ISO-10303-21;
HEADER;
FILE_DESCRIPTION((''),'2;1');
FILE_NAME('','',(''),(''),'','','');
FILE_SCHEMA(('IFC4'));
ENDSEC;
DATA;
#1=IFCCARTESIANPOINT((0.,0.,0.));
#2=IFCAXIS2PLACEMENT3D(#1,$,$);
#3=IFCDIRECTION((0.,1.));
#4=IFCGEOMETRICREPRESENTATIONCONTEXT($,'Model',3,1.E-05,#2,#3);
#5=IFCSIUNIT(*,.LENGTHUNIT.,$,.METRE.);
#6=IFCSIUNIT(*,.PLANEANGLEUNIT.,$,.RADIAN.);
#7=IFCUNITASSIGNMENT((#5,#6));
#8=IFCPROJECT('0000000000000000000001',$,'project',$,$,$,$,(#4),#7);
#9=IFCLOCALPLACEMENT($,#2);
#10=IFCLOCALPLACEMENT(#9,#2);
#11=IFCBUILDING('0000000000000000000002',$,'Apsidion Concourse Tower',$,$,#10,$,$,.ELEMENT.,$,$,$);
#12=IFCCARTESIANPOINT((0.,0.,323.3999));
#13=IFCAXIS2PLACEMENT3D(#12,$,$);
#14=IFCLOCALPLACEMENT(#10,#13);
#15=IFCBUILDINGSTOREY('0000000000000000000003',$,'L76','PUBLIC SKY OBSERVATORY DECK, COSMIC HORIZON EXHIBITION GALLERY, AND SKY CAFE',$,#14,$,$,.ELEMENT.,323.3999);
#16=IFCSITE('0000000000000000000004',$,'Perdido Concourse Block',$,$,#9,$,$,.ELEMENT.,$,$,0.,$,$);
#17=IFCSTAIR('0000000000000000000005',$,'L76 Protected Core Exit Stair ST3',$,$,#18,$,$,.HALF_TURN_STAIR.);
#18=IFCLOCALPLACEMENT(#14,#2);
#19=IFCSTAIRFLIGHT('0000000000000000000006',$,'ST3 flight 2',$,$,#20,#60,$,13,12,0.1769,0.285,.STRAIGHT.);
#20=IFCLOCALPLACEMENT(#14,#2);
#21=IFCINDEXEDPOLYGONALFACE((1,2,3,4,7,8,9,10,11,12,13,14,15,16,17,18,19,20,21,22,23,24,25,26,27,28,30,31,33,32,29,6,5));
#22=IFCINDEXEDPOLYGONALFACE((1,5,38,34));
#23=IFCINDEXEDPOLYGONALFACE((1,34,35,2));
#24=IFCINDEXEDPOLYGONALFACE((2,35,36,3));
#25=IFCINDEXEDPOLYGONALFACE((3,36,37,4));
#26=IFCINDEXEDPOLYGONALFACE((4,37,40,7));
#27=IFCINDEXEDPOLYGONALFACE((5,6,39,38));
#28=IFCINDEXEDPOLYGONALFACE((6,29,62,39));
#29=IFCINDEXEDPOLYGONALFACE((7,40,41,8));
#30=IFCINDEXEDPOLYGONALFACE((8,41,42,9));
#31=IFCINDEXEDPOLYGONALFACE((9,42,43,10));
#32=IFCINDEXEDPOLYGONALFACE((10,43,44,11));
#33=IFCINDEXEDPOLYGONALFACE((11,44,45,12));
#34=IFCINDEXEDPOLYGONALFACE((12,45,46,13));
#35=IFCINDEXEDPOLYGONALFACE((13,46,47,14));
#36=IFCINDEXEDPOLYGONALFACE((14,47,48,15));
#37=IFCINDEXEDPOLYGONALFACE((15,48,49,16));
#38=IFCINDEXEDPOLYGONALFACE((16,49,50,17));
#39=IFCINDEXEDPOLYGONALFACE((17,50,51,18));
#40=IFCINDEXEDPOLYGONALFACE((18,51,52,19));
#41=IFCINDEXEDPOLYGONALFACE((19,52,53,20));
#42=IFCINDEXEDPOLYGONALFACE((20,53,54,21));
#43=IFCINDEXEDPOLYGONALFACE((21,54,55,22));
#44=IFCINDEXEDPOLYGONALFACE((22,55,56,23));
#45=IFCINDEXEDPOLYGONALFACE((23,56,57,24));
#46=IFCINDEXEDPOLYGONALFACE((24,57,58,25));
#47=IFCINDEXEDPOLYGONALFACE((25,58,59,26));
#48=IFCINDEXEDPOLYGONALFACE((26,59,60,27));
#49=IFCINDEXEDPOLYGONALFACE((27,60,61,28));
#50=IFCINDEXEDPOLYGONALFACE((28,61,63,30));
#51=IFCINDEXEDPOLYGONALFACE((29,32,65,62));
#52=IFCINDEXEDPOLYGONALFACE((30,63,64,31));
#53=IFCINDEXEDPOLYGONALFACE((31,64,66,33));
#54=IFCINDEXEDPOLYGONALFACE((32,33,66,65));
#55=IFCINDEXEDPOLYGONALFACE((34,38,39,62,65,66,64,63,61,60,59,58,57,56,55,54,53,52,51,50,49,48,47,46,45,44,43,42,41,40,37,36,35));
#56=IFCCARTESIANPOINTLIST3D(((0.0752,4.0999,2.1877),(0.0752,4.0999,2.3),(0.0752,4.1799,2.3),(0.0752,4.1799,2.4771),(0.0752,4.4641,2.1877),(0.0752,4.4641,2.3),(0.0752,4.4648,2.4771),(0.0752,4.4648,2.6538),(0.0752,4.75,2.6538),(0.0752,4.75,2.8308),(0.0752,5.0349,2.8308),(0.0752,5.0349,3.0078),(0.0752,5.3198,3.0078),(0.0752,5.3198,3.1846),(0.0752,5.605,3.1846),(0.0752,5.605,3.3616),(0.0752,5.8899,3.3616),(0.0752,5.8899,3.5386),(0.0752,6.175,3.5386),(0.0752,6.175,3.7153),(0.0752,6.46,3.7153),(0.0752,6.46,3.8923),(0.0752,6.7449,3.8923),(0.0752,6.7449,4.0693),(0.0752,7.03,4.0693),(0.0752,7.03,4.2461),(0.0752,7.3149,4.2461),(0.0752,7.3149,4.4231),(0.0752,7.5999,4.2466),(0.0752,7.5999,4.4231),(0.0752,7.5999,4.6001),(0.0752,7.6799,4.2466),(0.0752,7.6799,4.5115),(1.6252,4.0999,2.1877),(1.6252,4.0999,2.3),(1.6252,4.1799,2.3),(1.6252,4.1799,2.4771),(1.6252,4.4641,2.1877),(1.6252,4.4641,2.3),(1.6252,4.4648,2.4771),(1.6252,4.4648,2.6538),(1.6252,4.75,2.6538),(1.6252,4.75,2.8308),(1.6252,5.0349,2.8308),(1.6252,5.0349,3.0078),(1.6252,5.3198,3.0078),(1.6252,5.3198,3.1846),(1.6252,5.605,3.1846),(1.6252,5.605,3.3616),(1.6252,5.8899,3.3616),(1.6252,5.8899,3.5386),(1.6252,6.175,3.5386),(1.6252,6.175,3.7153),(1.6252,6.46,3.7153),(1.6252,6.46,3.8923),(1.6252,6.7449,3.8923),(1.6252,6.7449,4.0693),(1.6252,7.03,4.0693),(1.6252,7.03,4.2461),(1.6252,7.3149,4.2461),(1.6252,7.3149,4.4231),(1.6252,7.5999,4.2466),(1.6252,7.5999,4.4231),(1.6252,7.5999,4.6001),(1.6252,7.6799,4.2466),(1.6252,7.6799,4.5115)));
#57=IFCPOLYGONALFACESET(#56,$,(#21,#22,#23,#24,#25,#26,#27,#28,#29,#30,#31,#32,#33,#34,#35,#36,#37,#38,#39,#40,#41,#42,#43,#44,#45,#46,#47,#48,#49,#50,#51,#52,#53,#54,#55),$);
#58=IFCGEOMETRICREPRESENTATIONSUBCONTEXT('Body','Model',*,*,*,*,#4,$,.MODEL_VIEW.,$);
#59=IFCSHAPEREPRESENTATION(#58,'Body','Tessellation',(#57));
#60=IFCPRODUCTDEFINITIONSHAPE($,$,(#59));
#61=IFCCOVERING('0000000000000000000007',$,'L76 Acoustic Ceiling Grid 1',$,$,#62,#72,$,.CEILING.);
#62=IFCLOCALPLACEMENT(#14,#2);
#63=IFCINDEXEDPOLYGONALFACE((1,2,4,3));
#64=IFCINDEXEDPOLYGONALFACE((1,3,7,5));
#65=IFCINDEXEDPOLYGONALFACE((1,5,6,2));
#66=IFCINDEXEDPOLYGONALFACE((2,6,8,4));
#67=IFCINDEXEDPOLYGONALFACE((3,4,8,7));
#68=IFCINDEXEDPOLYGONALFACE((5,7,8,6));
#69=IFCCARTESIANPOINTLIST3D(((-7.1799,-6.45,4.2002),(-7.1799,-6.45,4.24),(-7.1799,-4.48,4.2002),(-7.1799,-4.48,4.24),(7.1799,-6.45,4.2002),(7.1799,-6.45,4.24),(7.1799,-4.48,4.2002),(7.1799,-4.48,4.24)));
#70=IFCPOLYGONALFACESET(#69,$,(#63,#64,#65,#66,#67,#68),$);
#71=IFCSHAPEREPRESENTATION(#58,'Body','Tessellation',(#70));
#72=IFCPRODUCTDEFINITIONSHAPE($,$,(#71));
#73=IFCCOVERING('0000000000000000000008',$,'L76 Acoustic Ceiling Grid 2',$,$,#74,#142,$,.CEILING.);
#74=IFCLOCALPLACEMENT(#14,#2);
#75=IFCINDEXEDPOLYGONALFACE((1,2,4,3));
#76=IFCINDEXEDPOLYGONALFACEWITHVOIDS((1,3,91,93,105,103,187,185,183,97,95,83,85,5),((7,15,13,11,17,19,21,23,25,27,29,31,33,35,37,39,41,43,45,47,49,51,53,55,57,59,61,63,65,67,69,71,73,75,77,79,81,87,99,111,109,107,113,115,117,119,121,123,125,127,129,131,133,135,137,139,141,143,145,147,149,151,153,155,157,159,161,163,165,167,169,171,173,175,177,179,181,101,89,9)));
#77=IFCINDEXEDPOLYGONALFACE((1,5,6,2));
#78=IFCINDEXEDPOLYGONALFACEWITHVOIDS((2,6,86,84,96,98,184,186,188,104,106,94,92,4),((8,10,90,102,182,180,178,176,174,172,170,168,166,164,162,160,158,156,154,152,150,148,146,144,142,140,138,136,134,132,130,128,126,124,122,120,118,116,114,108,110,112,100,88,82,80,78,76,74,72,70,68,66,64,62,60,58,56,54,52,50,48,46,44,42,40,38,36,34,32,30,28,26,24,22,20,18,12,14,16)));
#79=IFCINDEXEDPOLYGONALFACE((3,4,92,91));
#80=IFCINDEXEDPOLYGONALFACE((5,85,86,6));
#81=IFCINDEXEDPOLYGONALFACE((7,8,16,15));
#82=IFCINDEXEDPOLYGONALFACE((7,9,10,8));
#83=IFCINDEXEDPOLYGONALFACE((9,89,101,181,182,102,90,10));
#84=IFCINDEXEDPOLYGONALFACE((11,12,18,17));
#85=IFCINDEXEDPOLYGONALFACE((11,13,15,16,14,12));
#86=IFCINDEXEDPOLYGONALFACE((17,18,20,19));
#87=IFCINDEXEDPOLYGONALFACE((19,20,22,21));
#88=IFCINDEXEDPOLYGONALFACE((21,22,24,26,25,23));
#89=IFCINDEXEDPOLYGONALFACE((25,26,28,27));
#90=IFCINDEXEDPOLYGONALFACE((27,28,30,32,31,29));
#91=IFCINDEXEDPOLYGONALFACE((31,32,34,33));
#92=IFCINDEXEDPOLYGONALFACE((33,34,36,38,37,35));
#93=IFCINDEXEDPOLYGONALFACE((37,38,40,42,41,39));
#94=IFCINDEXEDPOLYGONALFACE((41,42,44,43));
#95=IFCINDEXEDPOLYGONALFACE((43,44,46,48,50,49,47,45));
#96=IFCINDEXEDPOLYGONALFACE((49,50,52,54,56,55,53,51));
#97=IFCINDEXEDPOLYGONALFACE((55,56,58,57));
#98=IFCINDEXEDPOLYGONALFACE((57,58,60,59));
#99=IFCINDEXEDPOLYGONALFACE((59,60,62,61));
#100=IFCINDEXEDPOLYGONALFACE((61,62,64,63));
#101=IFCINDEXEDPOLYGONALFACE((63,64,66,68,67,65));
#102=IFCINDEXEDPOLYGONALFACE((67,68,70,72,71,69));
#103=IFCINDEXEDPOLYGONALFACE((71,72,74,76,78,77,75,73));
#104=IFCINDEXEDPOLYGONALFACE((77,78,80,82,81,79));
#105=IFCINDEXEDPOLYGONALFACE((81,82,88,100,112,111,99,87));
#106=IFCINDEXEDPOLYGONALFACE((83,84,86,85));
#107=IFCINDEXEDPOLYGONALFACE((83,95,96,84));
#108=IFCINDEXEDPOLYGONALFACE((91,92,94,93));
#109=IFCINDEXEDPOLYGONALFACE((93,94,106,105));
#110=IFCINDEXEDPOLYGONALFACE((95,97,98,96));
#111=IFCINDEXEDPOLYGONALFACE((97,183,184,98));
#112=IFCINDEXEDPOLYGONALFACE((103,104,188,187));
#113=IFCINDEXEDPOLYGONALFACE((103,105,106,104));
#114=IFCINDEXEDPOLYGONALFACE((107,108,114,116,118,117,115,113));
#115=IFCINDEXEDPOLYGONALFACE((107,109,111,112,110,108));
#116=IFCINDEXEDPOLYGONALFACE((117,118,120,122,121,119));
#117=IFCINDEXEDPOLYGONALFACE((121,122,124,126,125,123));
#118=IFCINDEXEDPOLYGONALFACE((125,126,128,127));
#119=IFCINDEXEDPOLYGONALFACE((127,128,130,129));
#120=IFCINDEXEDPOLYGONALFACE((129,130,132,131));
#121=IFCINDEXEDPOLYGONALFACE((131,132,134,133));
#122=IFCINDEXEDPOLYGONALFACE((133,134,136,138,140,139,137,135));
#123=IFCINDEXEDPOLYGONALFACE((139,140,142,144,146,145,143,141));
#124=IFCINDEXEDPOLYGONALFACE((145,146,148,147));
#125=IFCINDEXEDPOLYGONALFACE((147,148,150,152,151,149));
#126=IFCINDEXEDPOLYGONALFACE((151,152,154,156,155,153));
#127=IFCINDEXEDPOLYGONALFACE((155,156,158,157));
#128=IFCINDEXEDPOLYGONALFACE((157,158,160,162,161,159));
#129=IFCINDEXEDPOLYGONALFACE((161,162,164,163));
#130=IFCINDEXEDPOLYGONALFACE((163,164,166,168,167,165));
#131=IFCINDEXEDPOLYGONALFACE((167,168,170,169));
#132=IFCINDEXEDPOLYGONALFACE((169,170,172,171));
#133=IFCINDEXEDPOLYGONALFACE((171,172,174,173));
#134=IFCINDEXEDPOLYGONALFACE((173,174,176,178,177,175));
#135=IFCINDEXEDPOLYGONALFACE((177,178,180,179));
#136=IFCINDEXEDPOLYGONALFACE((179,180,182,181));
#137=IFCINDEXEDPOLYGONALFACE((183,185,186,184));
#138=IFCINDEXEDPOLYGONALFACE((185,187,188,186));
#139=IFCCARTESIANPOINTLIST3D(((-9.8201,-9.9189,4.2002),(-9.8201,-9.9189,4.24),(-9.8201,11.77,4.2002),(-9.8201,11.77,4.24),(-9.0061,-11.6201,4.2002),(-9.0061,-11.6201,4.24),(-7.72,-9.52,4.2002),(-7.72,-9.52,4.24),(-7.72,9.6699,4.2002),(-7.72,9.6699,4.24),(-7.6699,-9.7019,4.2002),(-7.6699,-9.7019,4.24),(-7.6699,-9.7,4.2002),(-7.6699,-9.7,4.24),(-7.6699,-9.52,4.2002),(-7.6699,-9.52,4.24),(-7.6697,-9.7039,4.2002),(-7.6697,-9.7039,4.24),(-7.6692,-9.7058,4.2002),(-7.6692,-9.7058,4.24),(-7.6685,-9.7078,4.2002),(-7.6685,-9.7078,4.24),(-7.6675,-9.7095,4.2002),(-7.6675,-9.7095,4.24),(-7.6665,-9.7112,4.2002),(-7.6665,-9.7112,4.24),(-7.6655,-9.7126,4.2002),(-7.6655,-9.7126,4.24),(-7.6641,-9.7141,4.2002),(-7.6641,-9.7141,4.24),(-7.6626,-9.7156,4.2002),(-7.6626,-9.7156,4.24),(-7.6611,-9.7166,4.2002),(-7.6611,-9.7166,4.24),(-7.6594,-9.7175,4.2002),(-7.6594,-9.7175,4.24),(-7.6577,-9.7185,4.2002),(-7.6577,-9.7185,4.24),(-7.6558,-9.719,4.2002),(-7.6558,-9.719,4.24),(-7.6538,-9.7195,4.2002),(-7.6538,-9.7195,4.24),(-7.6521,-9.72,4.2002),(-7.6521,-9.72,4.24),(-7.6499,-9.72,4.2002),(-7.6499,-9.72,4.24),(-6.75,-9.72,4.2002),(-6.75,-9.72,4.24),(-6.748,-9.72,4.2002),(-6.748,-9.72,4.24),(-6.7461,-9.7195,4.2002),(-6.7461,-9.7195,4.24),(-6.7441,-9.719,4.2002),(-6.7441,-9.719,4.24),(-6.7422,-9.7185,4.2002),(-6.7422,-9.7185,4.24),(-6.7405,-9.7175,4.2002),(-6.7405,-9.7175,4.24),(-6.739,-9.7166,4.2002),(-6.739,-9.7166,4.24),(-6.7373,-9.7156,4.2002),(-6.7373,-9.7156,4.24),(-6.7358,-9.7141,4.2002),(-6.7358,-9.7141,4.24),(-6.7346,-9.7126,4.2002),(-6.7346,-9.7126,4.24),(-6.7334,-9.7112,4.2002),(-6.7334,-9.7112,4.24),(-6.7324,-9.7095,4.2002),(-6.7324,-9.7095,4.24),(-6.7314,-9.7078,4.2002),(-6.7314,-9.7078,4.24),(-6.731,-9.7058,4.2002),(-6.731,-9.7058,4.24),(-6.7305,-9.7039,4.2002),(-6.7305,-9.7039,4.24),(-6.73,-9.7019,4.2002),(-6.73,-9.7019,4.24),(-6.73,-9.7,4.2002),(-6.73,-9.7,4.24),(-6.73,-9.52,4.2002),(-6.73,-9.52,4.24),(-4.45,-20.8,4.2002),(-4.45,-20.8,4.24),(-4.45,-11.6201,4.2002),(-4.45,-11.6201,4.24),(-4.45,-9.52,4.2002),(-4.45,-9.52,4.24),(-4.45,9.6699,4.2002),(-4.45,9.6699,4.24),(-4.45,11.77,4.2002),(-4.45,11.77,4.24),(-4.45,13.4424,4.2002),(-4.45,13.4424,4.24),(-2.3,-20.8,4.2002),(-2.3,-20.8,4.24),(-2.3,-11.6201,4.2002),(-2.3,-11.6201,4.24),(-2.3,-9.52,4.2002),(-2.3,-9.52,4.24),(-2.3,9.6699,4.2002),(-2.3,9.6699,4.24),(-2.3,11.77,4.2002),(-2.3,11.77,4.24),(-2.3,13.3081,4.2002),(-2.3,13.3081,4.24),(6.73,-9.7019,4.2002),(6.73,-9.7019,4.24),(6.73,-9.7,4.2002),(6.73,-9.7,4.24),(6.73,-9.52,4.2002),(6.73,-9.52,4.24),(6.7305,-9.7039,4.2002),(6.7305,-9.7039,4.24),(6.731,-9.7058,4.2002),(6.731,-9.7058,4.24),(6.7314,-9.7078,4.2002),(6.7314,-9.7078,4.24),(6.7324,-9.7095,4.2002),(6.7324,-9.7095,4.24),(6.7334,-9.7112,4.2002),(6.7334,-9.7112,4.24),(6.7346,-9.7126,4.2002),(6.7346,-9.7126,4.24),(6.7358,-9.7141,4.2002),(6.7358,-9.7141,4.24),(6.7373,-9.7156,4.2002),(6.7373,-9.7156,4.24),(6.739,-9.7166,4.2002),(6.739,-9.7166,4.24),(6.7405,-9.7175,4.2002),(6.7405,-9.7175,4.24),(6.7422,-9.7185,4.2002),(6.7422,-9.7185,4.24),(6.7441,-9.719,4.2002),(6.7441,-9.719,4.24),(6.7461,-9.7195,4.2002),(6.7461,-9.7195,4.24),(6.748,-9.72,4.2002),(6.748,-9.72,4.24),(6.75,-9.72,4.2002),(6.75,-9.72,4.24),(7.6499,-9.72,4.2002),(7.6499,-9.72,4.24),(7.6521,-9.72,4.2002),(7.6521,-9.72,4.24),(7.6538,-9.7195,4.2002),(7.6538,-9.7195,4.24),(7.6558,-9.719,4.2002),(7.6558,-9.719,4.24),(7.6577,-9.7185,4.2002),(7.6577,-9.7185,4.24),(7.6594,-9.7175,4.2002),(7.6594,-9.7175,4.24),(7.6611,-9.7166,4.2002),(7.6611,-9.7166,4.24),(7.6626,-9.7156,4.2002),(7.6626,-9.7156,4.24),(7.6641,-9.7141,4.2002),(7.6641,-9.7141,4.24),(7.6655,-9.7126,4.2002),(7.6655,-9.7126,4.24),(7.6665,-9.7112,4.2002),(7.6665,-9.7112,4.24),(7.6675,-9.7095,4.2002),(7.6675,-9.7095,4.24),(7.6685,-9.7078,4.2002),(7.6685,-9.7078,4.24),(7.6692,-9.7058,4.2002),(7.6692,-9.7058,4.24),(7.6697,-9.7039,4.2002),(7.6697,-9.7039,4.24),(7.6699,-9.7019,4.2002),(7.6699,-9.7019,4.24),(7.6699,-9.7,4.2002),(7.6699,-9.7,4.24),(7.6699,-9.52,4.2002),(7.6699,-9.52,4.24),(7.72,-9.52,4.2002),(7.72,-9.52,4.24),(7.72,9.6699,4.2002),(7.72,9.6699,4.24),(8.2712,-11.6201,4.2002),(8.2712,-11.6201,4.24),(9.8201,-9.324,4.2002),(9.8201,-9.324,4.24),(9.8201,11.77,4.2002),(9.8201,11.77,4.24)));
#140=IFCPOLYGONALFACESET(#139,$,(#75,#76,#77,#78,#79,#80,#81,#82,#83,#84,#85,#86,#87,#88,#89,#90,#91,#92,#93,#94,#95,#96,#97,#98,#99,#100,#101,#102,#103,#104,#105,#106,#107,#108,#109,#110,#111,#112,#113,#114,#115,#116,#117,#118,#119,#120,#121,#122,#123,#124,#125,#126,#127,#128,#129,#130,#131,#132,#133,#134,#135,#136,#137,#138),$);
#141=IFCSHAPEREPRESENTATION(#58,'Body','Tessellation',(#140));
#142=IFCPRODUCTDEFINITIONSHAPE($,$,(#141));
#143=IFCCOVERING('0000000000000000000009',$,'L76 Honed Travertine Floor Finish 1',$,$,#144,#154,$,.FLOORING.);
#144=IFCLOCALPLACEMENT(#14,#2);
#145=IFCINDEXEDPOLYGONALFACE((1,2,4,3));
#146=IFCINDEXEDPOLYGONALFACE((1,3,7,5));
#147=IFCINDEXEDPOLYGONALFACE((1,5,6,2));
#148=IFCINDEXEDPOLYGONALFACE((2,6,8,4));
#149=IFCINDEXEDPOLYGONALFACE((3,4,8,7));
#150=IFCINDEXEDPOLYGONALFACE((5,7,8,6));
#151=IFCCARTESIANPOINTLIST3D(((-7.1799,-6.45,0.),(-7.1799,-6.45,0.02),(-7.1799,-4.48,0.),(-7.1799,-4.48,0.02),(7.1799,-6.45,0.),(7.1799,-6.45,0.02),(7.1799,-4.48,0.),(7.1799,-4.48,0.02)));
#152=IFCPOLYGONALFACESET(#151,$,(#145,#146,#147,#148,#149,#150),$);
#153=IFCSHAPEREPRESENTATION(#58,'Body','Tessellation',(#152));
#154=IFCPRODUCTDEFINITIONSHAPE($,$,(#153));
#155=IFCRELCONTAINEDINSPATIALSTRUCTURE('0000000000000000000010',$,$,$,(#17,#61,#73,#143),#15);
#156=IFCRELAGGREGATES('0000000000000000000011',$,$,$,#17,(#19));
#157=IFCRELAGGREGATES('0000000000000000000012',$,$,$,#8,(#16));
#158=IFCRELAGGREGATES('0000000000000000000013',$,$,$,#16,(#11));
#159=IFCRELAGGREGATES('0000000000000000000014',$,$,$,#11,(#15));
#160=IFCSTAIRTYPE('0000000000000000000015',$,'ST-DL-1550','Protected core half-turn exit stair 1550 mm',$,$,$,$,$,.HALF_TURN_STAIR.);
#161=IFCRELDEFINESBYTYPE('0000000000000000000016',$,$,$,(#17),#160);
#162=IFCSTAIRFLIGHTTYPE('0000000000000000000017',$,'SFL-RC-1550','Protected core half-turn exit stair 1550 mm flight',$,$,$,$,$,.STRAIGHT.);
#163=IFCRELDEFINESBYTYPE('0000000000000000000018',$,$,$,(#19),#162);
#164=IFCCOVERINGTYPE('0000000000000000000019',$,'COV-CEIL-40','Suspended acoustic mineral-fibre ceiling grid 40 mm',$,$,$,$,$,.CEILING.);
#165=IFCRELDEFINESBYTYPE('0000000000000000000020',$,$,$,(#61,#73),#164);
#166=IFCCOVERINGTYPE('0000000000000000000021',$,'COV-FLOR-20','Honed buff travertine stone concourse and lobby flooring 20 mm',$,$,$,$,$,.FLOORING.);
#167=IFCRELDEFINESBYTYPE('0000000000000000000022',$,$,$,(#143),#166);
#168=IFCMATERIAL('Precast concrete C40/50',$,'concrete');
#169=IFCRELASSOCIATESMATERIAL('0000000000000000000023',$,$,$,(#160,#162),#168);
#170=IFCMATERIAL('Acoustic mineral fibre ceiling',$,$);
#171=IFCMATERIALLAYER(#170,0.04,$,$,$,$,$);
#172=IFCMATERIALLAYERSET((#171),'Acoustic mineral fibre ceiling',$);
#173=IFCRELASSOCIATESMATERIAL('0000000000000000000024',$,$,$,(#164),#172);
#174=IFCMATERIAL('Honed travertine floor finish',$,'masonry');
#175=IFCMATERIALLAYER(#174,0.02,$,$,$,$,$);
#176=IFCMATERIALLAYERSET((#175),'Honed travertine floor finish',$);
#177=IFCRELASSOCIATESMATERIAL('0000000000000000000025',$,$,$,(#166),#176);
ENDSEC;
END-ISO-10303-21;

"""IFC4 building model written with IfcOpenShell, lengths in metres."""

from ifc_helpers import new_model, si_unit, direction, frame, origin, place, context, subcontext, project, spatial, polyline, outline, extrude, material, layer, layer_set, type_object, element, aggregate, save


model = new_model("IFC4")

# Units and contexts
model_context = context("Model", 3, precision=1e-05, world=origin(), true_north=direction((0.0, 1.0)))
body_context = subcontext(model_context, "Body", "Model", "MODEL_VIEW")
ifc_project = project(units=[si_unit("LENGTHUNIT", "METRE"), si_unit("PLANEANGLEUNIT", "RADIAN")], contexts=[model_context])

# Site, building, storey
site_placement = place(None, origin())
site = spatial("IfcSite", under=ifc_project, at=site_placement, Name="Perdido Concourse Block", CompositionType="ELEMENT", RefElevation=0.0)
building_placement = place(site_placement, origin())
building = spatial("IfcBuilding", under=site, at=building_placement, Name="Apsidion Concourse Tower", CompositionType="ELEMENT")
storey_placement = place(building_placement, frame((0.0, 0.0, 323.3999)))
storey = spatial("IfcBuildingStorey", under=building, at=storey_placement, Name="L76", Description="PUBLIC SKY OBSERVATORY DECK, COSMIC HORIZON EXHIBITION GALLERY, AND SKY CAFE", CompositionType="ELEMENT", Elevation=323.3999)

# Stair, stair flight
ifc_material_1 = material(Name="Precast concrete C40/50", Category="concrete")
stair_type = type_object("IfcStairType", Name="ST-DL-1550", Description="Protected core half-turn exit stair 1550 mm", PredefinedType="HALF_TURN_STAIR", material=ifc_material_1)
stair_flight_type = type_object("IfcStairFlightType", Name="SFL-RC-1550", Description="Protected core half-turn exit stair 1550 mm flight", PredefinedType="STRAIGHT", material=ifc_material_1)
stair_1_placement = place(storey_placement, origin())
stair_1 = element("IfcStair", 1, at=stair_1_placement, inside=storey, type_object=stair_type, Name="L76 Protected Core Exit Stair ST3", PredefinedType="HALF_TURN_STAIR")
stair_flight_1_placement = place(storey_placement, frame((0.8501, 4.1799, 2.3), z_axis=(0.0, 0.0, 1.0), x_axis=(0.0, 1.0, 0.0)))
stair_flight_1 = element("IfcStairFlight", 2, at=stair_flight_1_placement, type_object=stair_flight_type, Name="ST3 flight 2", NumberOfRisers=13, NumberOfTreads=12, PredefinedType="STRAIGHT", RiserHeight=0.1769, TreadLength=0.285, context=body_context, shape_type="SweptSolid", body=[
    extrude(outline(polyline([(-0.0801, -0.1123), (-0.0801, 0.0), (0.0, 0.0), (0.0, 0.177), (0.2849, 0.177), (0.2849, 0.3538), (0.5701, 0.3538), (0.5701, 0.5308), (0.855, 0.5308), (0.855, 0.7078), (1.1399, 0.7078), (1.1399, 0.8845), (1.425, 0.8845), (1.425, 1.0615), (1.71, 1.0615), (1.71, 1.2385), (1.9951, 1.2385), (1.9951, 1.4153), (2.28, 1.4153), (2.28, 1.5923), (2.5649, 1.5923), (2.5649, 1.7693), (2.8501, 1.7693), (2.8501, 1.946), (3.135, 1.946), (3.135, 2.123), (3.4199, 2.123), (3.4199, 2.3), (3.5, 2.2114), (3.5, 1.9465), (3.4199, 1.9465), (0.2842, 0.0), (0.2842, -0.1123), (-0.0801, -0.1123)])), frame((0.0, 0.7749, 0.0), z_axis=(0.0, -1.0, 0.0), x_axis=(1.0, 0.0, 0.0)), (0.0, 0.0, 1.0), 1.55),
])
aggregate(stair_1, [stair_flight_1])

# Coverings
ifc_material_2 = material(Name="Acoustic mineral fibre ceiling")
ifc_layer_1 = layer(ifc_material_2, 0.04)
ifc_layer_set_1 = layer_set([ifc_layer_1], Name="Acoustic mineral fibre ceiling")
covering_type_1 = type_object("IfcCoveringType", Name="COV-CEIL-40", Description="Suspended acoustic mineral-fibre ceiling grid 40 mm", PredefinedType="CEILING", material=ifc_layer_set_1)
covering_1_placement = place(storey_placement, frame((0.0, 0.0, 4.2002)))
element("IfcCovering", 3, at=covering_1_placement, inside=storey, type_object=covering_type_1, Name="L76 Acoustic Ceiling Grid 1", PredefinedType="CEILING", context=body_context, shape_type="SweptSolid", body=[
    extrude(outline(polyline([(-7.1799, -6.45), (-7.1799, -4.48), (7.1799, -4.48), (7.1799, -6.45), (-7.1799, -6.45)])), origin(), (0.0, 0.0, 1.0), 0.0398),
])
covering_2_placement = place(storey_placement, frame((0.0, 0.0, 4.2002)))
element("IfcCovering", 4, at=covering_2_placement, inside=storey, type_object=covering_type_1, Name="L76 Acoustic Ceiling Grid 2", PredefinedType="CEILING", context=body_context, shape_type="SweptSolid", body=[
    extrude(outline(polyline([(-9.0061, -11.6201), (-9.8201, -9.9189), (-9.8201, 11.77), (-4.45, 11.77), (-4.45, 13.4424), (-2.3, 13.3081), (-2.3, 11.77), (9.8201, 11.77), (9.8201, -9.324), (8.2712, -11.6201), (-2.3, -11.6201), (-2.3, -20.8), (-4.45, -20.8), (-4.45, -11.6201), (-9.0061, -11.6201)]), holes=[polyline([(-2.3, 9.6699), (-4.45, 9.6699), (-7.72, 9.6699), (-7.72, -9.52), (-7.6699, -9.52), (-7.6699, -9.7), (-7.6699, -9.7019), (-7.6697, -9.7039), (-7.6692, -9.7058), (-7.6685, -9.7078), (-7.6675, -9.7095), (-7.6665, -9.7112), (-7.6655, -9.7126), (-7.6641, -9.7141), (-7.6626, -9.7156), (-7.6611, -9.7166), (-7.6594, -9.7175), (-7.6577, -9.7185), (-7.6558, -9.719), (-7.6538, -9.7195), (-7.6521, -9.72), (-7.6499, -9.72), (-6.75, -9.72), (-6.748, -9.72), (-6.7461, -9.7195), (-6.7441, -9.719), (-6.7422, -9.7185), (-6.7405, -9.7175), (-6.739, -9.7166), (-6.7373, -9.7156), (-6.7358, -9.7141), (-6.7346, -9.7126), (-6.7334, -9.7112), (-6.7324, -9.7095), (-6.7314, -9.7078), (-6.731, -9.7058), (-6.7305, -9.7039), (-6.73, -9.7019), (-6.73, -9.7), (-6.73, -9.52), (-4.45, -9.52), (-2.3, -9.52), (6.73, -9.52), (6.73, -9.7), (6.73, -9.7019), (6.7305, -9.7039), (6.731, -9.7058), (6.7314, -9.7078), (6.7324, -9.7095), (6.7334, -9.7112), (6.7346, -9.7126), (6.7358, -9.7141), (6.7373, -9.7156), (6.739, -9.7166), (6.7405, -9.7175), (6.7422, -9.7185), (6.7441, -9.719), (6.7461, -9.7195), (6.748, -9.72), (6.75, -9.72), (7.6499, -9.72), (7.6521, -9.72), (7.6538, -9.7195), (7.6558, -9.719), (7.6577, -9.7185), (7.6594, -9.7175), (7.6611, -9.7166), (7.6626, -9.7156), (7.6641, -9.7141), (7.6655, -9.7126), (7.6665, -9.7112), (7.6675, -9.7095), (7.6685, -9.7078), (7.6692, -9.7058), (7.6697, -9.7039), (7.6699, -9.7019), (7.6699, -9.7), (7.6699, -9.52), (7.72, -9.52), (7.72, 9.6699), (-2.3, 9.6699)])]), origin(), (0.0, 0.0, 1.0), 0.0398),
])
ifc_material_3 = material(Name="Honed travertine floor finish", Category="masonry")
ifc_layer_2 = layer(ifc_material_3, 0.02)
ifc_layer_set_2 = layer_set([ifc_layer_2], Name="Honed travertine floor finish")
covering_type_2 = type_object("IfcCoveringType", Name="COV-FLOR-20", Description="Honed buff travertine stone concourse and lobby flooring 20 mm", PredefinedType="FLOORING", material=ifc_layer_set_2)
covering_3_placement = place(storey_placement, origin())
element("IfcCovering", 5, at=covering_3_placement, inside=storey, type_object=covering_type_2, Name="L76 Honed Travertine Floor Finish 1", PredefinedType="FLOORING", context=body_context, shape_type="SweptSolid", body=[
    extrude(outline(polyline([(-7.1799, -6.45), (-7.1799, -4.48), (7.1799, -4.48), (7.1799, -6.45), (-7.1799, -6.45)])), origin(), (0.0, 0.0, 1.0), 0.02),
])

save(model, "model.ifc")
